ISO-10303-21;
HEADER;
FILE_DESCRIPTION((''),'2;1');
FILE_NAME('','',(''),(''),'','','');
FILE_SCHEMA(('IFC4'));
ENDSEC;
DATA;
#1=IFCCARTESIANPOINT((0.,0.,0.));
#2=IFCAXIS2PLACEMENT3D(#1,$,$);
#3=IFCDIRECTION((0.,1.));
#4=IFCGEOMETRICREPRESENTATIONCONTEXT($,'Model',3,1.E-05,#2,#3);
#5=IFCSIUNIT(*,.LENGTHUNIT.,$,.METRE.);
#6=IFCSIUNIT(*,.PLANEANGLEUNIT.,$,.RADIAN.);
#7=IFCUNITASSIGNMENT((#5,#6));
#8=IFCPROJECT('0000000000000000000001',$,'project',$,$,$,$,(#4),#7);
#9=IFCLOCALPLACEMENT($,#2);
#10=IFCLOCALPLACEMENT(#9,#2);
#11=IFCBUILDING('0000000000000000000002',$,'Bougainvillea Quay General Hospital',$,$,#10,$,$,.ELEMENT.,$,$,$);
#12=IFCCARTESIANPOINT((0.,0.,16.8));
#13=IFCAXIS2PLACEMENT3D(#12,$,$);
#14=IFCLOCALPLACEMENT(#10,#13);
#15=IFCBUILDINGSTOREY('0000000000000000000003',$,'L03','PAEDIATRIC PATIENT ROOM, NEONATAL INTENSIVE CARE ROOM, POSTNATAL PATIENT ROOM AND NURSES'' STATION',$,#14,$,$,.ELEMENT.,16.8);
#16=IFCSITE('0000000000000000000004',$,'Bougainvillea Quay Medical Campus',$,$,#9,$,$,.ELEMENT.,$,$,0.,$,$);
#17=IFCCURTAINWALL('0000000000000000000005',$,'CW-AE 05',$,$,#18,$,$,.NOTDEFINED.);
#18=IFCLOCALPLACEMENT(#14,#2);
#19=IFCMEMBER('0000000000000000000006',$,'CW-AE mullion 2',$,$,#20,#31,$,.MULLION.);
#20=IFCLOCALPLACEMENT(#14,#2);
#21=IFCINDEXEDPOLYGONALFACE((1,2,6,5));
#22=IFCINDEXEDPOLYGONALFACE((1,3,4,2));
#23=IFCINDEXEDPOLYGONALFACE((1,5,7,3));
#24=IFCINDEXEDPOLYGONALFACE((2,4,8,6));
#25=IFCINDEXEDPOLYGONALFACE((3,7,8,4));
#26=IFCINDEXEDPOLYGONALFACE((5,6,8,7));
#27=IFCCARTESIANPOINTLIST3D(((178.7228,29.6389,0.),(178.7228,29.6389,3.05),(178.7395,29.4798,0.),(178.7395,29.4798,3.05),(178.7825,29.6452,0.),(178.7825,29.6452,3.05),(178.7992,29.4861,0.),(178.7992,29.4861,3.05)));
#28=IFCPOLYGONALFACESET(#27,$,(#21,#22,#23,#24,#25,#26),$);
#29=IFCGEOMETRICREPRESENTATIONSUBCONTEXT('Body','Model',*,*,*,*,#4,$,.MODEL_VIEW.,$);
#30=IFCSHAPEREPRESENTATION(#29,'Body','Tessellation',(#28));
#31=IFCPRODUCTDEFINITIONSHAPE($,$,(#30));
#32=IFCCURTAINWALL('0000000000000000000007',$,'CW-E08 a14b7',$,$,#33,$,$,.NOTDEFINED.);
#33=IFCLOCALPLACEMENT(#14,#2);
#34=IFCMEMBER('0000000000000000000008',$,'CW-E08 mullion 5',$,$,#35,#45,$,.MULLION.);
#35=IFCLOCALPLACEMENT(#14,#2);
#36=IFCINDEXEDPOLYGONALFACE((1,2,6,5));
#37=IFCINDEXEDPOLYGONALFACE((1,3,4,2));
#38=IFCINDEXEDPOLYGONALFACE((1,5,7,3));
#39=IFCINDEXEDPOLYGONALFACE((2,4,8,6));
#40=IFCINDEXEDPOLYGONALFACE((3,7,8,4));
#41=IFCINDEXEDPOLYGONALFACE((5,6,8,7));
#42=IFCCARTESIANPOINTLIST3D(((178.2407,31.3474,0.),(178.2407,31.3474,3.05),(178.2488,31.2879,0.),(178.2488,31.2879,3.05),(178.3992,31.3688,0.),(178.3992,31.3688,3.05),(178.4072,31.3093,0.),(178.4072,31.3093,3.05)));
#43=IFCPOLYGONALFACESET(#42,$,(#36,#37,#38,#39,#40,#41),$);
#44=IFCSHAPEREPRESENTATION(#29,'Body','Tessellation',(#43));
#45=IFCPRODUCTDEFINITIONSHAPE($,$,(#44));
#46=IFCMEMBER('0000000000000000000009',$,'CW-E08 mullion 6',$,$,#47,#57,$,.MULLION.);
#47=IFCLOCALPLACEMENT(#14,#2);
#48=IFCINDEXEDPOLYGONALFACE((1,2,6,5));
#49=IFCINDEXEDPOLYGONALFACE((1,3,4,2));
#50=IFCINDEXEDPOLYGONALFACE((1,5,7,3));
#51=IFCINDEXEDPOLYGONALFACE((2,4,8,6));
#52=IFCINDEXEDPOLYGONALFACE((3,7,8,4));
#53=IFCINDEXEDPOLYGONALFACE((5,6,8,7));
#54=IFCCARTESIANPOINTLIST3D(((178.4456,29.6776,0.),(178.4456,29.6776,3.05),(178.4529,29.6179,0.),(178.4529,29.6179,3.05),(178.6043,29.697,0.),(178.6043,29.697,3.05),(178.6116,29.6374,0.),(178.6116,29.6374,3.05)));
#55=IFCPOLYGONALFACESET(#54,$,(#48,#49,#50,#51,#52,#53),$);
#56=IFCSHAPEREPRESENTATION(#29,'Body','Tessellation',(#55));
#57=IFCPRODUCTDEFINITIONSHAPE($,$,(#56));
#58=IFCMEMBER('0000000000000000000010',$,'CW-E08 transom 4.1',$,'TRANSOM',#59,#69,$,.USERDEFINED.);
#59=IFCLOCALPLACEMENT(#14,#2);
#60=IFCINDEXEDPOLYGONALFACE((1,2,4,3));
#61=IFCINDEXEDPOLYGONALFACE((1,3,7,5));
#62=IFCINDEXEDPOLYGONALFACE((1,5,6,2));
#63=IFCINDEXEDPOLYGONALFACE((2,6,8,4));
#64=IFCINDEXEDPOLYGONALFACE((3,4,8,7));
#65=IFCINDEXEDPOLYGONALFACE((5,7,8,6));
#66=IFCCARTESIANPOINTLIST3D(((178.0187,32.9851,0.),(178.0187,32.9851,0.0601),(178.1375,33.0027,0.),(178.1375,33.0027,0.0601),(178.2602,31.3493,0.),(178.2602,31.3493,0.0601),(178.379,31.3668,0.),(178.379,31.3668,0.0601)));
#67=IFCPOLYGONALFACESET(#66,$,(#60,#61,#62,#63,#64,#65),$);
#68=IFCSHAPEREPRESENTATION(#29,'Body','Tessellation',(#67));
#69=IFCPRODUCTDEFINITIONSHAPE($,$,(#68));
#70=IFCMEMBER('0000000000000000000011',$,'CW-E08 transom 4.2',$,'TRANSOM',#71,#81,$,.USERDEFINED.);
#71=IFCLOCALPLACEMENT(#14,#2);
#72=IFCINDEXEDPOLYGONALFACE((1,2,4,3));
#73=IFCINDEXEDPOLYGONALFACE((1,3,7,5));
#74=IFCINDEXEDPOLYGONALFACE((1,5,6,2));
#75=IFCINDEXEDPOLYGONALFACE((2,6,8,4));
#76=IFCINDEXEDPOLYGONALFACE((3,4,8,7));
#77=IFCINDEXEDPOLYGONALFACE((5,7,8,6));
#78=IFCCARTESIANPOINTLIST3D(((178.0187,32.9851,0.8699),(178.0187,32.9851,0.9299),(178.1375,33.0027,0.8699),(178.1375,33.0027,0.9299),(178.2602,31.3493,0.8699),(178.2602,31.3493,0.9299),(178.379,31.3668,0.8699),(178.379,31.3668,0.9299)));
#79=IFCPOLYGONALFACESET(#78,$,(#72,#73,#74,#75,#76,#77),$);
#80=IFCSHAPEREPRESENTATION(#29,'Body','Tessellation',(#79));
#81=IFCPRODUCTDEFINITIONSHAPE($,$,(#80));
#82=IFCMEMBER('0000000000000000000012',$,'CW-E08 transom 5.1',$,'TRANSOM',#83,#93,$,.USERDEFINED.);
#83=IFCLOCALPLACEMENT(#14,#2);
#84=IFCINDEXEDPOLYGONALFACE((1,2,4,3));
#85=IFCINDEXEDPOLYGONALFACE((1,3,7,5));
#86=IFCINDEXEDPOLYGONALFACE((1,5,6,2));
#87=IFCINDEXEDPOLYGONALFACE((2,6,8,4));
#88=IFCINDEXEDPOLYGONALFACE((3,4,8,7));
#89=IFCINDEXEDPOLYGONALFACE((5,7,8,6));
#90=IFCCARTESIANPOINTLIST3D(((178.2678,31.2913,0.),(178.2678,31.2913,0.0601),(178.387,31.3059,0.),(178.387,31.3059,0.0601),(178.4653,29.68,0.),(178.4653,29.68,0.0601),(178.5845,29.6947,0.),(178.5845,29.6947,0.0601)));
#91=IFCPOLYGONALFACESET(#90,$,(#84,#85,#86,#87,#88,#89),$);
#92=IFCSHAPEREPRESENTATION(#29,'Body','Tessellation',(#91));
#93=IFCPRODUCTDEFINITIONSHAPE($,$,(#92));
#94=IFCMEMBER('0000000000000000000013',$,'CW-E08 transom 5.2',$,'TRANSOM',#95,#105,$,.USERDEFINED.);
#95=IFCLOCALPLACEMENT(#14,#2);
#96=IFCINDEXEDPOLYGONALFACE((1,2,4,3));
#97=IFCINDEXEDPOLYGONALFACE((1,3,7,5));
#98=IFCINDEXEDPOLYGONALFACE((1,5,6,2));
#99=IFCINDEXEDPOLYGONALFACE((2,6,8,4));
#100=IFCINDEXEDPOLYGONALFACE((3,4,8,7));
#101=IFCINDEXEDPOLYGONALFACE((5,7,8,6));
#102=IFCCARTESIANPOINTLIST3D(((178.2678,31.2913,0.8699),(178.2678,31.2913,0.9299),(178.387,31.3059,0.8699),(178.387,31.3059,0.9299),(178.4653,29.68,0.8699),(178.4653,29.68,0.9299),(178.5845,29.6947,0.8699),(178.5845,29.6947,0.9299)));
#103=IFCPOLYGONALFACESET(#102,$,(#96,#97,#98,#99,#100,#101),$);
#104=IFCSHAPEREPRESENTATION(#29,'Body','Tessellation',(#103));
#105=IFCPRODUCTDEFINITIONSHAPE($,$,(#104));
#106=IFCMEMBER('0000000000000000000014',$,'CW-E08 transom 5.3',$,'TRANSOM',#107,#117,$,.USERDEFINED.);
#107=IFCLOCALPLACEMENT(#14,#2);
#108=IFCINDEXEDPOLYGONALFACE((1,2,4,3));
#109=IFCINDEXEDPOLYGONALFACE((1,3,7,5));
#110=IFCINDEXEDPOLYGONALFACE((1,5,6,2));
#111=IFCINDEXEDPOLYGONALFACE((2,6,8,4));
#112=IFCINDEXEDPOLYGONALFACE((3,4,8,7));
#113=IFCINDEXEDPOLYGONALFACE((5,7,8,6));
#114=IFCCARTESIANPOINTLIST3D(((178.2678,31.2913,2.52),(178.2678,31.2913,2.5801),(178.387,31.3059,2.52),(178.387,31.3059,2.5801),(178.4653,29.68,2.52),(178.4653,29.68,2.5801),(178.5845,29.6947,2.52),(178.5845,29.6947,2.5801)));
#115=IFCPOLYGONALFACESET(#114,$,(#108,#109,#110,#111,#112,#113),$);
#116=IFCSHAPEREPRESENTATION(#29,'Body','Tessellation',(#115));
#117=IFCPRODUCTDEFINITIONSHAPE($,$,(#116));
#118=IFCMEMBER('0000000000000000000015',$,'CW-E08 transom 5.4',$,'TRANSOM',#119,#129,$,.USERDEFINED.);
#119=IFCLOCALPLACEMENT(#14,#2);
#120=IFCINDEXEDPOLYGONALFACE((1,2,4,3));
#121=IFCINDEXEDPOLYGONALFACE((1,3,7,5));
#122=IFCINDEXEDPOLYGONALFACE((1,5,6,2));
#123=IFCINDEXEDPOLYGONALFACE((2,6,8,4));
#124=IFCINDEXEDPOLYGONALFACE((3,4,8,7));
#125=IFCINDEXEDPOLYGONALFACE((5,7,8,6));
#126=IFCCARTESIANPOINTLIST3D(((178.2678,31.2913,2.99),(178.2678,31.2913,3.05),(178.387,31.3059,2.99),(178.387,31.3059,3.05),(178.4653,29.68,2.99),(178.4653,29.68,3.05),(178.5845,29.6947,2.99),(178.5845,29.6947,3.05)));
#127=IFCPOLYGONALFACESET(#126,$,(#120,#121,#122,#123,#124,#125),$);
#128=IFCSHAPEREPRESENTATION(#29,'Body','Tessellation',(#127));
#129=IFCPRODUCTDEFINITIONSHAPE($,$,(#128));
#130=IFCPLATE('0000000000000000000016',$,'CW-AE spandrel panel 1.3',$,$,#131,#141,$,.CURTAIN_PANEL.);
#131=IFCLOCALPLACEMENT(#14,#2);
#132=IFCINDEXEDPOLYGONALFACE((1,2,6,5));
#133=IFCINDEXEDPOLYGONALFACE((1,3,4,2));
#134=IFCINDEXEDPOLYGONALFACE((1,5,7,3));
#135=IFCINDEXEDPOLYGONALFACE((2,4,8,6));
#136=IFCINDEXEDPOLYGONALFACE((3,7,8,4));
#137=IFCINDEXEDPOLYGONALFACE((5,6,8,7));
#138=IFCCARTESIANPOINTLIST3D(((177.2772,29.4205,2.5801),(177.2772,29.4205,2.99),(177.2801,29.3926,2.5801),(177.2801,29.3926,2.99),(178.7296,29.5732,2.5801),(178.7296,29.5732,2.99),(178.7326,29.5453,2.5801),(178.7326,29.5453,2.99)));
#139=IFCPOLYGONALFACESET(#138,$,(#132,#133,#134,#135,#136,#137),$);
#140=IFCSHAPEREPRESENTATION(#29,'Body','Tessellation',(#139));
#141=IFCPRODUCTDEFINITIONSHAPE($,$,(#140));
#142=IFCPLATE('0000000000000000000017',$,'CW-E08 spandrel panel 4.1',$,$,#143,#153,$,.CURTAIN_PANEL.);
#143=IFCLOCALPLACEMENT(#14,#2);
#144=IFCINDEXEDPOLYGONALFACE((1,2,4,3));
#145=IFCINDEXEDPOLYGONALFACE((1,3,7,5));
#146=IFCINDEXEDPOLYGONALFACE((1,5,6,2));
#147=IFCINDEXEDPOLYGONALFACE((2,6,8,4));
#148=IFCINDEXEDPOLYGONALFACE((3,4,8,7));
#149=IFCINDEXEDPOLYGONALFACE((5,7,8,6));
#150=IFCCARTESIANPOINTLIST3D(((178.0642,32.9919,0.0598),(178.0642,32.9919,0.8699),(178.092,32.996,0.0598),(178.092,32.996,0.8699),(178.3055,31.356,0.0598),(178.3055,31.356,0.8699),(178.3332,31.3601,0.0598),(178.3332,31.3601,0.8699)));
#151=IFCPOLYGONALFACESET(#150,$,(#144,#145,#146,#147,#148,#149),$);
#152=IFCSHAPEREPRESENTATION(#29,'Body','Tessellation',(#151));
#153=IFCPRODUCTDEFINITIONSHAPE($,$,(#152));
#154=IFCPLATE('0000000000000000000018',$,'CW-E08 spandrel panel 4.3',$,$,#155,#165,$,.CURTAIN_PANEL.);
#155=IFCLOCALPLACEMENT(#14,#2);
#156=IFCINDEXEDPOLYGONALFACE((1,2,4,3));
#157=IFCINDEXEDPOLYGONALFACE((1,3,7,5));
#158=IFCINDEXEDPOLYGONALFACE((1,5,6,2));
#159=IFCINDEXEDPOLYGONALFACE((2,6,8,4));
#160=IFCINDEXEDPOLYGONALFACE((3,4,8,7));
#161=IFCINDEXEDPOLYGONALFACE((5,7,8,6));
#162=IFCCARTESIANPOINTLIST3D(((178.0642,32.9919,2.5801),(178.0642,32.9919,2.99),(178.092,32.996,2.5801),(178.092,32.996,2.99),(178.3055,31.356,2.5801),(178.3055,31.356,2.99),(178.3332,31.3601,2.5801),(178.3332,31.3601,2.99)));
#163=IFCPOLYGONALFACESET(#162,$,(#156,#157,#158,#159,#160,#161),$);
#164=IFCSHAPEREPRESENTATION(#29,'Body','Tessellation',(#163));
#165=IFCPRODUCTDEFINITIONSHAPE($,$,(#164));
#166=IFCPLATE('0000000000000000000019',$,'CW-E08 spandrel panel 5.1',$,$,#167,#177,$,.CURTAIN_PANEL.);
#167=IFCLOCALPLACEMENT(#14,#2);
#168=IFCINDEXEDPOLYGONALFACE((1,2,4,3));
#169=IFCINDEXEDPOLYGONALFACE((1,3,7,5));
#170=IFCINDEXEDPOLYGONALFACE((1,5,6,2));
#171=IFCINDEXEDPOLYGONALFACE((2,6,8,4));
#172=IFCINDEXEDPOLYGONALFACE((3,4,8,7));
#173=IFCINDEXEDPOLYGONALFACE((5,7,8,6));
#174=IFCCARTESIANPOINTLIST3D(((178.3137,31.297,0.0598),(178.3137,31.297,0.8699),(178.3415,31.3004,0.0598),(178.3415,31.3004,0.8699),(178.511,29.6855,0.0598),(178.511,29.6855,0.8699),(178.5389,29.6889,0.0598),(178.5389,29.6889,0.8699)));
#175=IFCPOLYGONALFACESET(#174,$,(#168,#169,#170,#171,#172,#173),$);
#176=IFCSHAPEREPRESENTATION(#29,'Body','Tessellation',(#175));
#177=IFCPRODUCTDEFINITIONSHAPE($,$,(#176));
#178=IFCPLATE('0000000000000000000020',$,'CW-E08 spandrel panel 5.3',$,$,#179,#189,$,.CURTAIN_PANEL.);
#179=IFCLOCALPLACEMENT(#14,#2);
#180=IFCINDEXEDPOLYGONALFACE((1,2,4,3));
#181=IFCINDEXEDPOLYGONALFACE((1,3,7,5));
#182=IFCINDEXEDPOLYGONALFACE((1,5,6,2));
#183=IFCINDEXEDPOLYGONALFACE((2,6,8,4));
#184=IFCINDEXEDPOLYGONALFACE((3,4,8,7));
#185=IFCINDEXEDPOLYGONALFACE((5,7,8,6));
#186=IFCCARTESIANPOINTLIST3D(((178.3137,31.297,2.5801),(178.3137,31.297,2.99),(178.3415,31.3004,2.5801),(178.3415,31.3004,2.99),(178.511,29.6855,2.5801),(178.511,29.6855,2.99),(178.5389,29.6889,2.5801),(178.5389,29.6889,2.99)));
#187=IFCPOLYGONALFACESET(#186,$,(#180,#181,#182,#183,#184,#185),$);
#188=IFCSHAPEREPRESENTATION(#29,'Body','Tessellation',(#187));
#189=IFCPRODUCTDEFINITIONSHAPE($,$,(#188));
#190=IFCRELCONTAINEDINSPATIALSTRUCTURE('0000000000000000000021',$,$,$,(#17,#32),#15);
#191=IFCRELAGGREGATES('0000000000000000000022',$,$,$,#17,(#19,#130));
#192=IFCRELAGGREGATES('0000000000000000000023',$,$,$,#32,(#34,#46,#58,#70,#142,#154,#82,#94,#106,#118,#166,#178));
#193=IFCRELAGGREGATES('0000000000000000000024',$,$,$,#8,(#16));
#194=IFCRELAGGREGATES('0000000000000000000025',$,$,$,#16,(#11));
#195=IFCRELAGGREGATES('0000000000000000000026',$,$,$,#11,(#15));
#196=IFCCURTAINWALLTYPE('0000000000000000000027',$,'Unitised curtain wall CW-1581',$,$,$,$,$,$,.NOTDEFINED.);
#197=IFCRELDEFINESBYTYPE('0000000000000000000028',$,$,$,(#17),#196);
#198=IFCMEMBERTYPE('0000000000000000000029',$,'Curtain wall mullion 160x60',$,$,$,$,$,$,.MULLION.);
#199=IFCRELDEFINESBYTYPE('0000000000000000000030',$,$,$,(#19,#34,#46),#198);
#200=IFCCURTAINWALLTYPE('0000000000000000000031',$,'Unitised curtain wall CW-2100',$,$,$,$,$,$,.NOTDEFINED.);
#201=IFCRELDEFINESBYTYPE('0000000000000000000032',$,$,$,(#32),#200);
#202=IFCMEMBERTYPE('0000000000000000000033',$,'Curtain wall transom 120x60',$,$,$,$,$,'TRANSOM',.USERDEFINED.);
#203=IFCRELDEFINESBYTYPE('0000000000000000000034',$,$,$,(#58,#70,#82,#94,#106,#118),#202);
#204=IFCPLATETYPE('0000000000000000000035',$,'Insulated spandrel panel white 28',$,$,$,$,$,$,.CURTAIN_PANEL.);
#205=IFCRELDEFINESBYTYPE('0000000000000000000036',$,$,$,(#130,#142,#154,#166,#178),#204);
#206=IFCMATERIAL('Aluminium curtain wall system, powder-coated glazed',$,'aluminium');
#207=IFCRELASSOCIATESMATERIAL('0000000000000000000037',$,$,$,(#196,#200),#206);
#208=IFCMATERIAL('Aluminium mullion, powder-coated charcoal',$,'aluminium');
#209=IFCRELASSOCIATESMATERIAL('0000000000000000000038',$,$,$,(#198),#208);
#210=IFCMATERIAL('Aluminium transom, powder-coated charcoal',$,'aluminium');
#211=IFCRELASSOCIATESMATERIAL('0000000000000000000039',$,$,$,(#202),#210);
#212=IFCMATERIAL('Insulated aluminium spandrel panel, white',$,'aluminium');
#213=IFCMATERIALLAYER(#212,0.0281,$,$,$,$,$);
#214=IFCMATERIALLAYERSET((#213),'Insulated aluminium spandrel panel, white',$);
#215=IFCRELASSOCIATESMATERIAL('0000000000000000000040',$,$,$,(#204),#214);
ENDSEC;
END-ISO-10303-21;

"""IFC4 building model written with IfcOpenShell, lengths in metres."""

from ifc_helpers import new_model, si_unit, direction, frame, origin, origin_2d, place, context, subcontext, project, spatial, rectangle, extrude, material, layer, layer_set, material_profile, profile_set, type_object, element, aggregate, save


model = new_model("IFC4")

# Units and contexts
model_context = context("Model", 3, precision=1e-05, world=origin(), true_north=direction((0.0, 1.0)))
body_context = subcontext(model_context, "Body", "Model", "MODEL_VIEW")
ifc_project = project(units=[si_unit("LENGTHUNIT", "METRE"), si_unit("PLANEANGLEUNIT", "RADIAN")], contexts=[model_context])

# Site, building, storey
site_placement = place(None, origin())
site = spatial("IfcSite", under=ifc_project, at=site_placement, Name="Bougainvillea Quay Medical Campus", CompositionType="ELEMENT", RefElevation=0.0)
building_placement = place(site_placement, origin())
building = spatial("IfcBuilding", under=site, at=building_placement, Name="Bougainvillea Quay General Hospital", CompositionType="ELEMENT")
storey_placement = place(building_placement, frame((0.0, 0.0, 16.8)))
storey = spatial("IfcBuildingStorey", under=building, at=storey_placement, Name="L03", Description="PAEDIATRIC PATIENT ROOM, NEONATAL INTENSIVE CARE ROOM, POSTNATAL PATIENT ROOM AND NURSES' STATION", CompositionType="ELEMENT", Elevation=16.8)

# Curtain wall, member
ifc_material_1 = material(Name="Aluminium curtain wall system, powder-coated glazed", Category="aluminium")
curtain_wall_type_1 = type_object("IfcCurtainWallType", Name="Unitised curtain wall CW-1581", PredefinedType="NOTDEFINED", material=ifc_material_1)
curtain_wall_1_placement = place(storey_placement, origin())
curtain_wall_1 = element("IfcCurtainWall", 1, at=curtain_wall_1_placement, inside=storey, type_object=curtain_wall_type_1, Name="CW-AE 05", PredefinedType="NOTDEFINED")
ifc_material_2 = material(Name="Aluminium mullion, powder-coated charcoal", Category="aluminium")
ifc_material_profile_1 = material_profile(ifc_material_2, rectangle(XDim=0.1599, YDim=0.0601, at=origin_2d()))
ifc_profile_set_1 = profile_set([ifc_material_profile_1], Name="Aluminium mullion, powder-coated charcoal")
member_type_1 = type_object("IfcMemberType", Name="Curtain wall mullion 160x60", PredefinedType="MULLION", material=ifc_profile_set_1)
member_1_placement = place(storey_placement, frame((178.761, 29.5625, 0.0), z_axis=(0.0, 0.0, 1.0), x_axis=(-0.104527, 0.994522, 0.0)))
member_1 = element("IfcMember", 2, at=member_1_placement, type_object=member_type_1, Name="CW-AE mullion 2", PredefinedType="MULLION", context=body_context, shape_type="SweptSolid", body=[
    extrude(rectangle(XDim=0.1599, YDim=0.0601, at=origin_2d()), origin(), (0.0, 0.0, 1.0), 3.05),
])

# Curtain wall, members
curtain_wall_type_2 = type_object("IfcCurtainWallType", Name="Unitised curtain wall CW-2100", PredefinedType="NOTDEFINED", material=ifc_material_1)
curtain_wall_2_placement = place(storey_placement, origin())
curtain_wall_2 = element("IfcCurtainWall", 3, at=curtain_wall_2_placement, inside=storey, type_object=curtain_wall_type_2, Name="CW-E08 a14b7", PredefinedType="NOTDEFINED")
member_2_placement = place(storey_placement, frame((178.324, 31.3284, 0.0), z_axis=(0.0, 0.0, 1.0), x_axis=(0.991016, 0.133741, 0.0)))
member_2 = element("IfcMember", 4, at=member_2_placement, type_object=member_type_1, Name="CW-E08 mullion 5", PredefinedType="MULLION", context=body_context, shape_type="SweptSolid", body=[
    extrude(rectangle(XDim=0.1599, YDim=0.0601, at=origin_2d()), origin(), (0.0, 0.0, 1.0), 3.05),
])
member_3_placement = place(storey_placement, frame((178.5286, 29.6575, 0.0), z_axis=(0.0, 0.0, 1.0), x_axis=(0.992584, 0.121558, 0.0)))
member_3 = element("IfcMember", 5, at=member_3_placement, type_object=member_type_1, Name="CW-E08 mullion 6", PredefinedType="MULLION", context=body_context, shape_type="SweptSolid", body=[
    extrude(rectangle(XDim=0.1599, YDim=0.0601, at=origin_2d()), origin(), (0.0, 0.0, 1.0), 3.05),
])
ifc_material_3 = material(Name="Aluminium transom, powder-coated charcoal", Category="aluminium")
ifc_material_profile_2 = material_profile(ifc_material_3, rectangle(XDim=0.1201, YDim=0.0601, at=origin_2d()))
ifc_profile_set_2 = profile_set([ifc_material_profile_2], Name="Aluminium transom, powder-coated charcoal")
member_type_2 = type_object("IfcMemberType", Name="Curtain wall transom 120x60", ElementType="TRANSOM", PredefinedType="USERDEFINED", material=ifc_profile_set_2)
member_4_placement = place(storey_placement, frame((178.0781, 32.9939, 0.03), z_axis=(0.14603, -0.98928, 0.0), x_axis=(0.98928, 0.14603, 0.0)))
member_4 = element("IfcMember", 6, at=member_4_placement, type_object=member_type_2, Name="CW-E08 transom 4.1", ObjectType="TRANSOM", PredefinedType="USERDEFINED", context=body_context, shape_type="SweptSolid", body=[
    extrude(rectangle(XDim=0.1201, YDim=0.0601, at=origin_2d()), origin(), (0.0, 0.0, 1.0), 1.6536),
])
member_5_placement = place(storey_placement, frame((178.0781, 32.9939, 0.8999), z_axis=(0.14603, -0.98928, 0.0), x_axis=(0.98928, 0.14603, 0.0)))
member_5 = element("IfcMember", 7, at=member_5_placement, type_object=member_type_2, Name="CW-E08 transom 4.2", ObjectType="TRANSOM", PredefinedType="USERDEFINED", context=body_context, shape_type="SweptSolid", body=[
    extrude(rectangle(XDim=0.1201, YDim=0.0601, at=origin_2d()), origin(), (0.0, 0.0, 1.0), 1.6536),
])
member_6_placement = place(storey_placement, frame((178.3274, 31.2986, 0.03), z_axis=(0.121665, -0.992571, 0.0), x_axis=(0.992571, 0.121665, 0.0)))
member_6 = element("IfcMember", 8, at=member_6_placement, type_object=member_type_2, Name="CW-E08 transom 5.1", ObjectType="TRANSOM", PredefinedType="USERDEFINED", context=body_context, shape_type="SweptSolid", body=[
    extrude(rectangle(XDim=0.1201, YDim=0.0601, at=origin_2d()), origin(), (0.0, 0.0, 1.0), 1.6233),
])
member_7_placement = place(storey_placement, frame((178.3274, 31.2986, 0.8999), z_axis=(0.121665, -0.992571, 0.0), x_axis=(0.992571, 0.121665, 0.0)))
member_7 = element("IfcMember", 9, at=member_7_placement, type_object=member_type_2, Name="CW-E08 transom 5.2", ObjectType="TRANSOM", PredefinedType="USERDEFINED", context=body_context, shape_type="SweptSolid", body=[
    extrude(rectangle(XDim=0.1201, YDim=0.0601, at=origin_2d()), origin(), (0.0, 0.0, 1.0), 1.6233),
])
member_8_placement = place(storey_placement, frame((178.3274, 31.2986, 2.55), z_axis=(0.121665, -0.992571, 0.0), x_axis=(0.992571, 0.121665, 0.0)))
member_8 = element("IfcMember", 10, at=member_8_placement, type_object=member_type_2, Name="CW-E08 transom 5.3", ObjectType="TRANSOM", PredefinedType="USERDEFINED", context=body_context, shape_type="SweptSolid", body=[
    extrude(rectangle(XDim=0.1201, YDim=0.0601, at=origin_2d()), origin(), (0.0, 0.0, 1.0), 1.6233),
])
member_9_placement = place(storey_placement, frame((178.3274, 31.2986, 3.02), z_axis=(0.121665, -0.992571, 0.0), x_axis=(0.992571, 0.121665, 0.0)))
member_9 = element("IfcMember", 11, at=member_9_placement, type_object=member_type_2, Name="CW-E08 transom 5.4", ObjectType="TRANSOM", PredefinedType="USERDEFINED", context=body_context, shape_type="SweptSolid", body=[
    extrude(rectangle(XDim=0.1201, YDim=0.0601, at=origin_2d()), origin(), (0.0, 0.0, 1.0), 1.6233),
])

# Plates
ifc_material_4 = material(Name="Insulated aluminium spandrel panel, white", Category="aluminium")
ifc_layer_1 = layer(ifc_material_4, 0.0281)
ifc_layer_set_1 = layer_set([ifc_layer_1], Name="Insulated aluminium spandrel panel, white")
plate_type_1 = type_object("IfcPlateType", Name="Insulated spandrel panel white 28", PredefinedType="CURTAIN_PANEL", material=ifc_layer_set_1)
plate_1_placement = place(storey_placement, frame((178.0049, 29.4829, 2.5801), z_axis=(0.0, 0.0, 1.0), x_axis=(0.994522, 0.104527, 0.0)))
plate_1 = element("IfcPlate", 12, at=plate_1_placement, type_object=plate_type_1, Name="CW-AE spandrel panel 1.3", PredefinedType="CURTAIN_PANEL", context=body_context, shape_type="SweptSolid", body=[
    extrude(rectangle(XDim=1.4604, YDim=0.0281, at=origin_2d()), origin(), (0.0, 0.0, 1.0), 0.4099),
])
aggregate(curtain_wall_1, [member_1, plate_1])
plate_2_placement = place(storey_placement, frame((178.1987, 32.176, 0.0598), z_axis=(0.0, 0.0, 1.0), x_axis=(0.145903, -0.989299, 0.0)))
plate_2 = element("IfcPlate", 13, at=plate_2_placement, type_object=plate_type_1, Name="CW-E08 spandrel panel 4.1", PredefinedType="CURTAIN_PANEL", context=body_context, shape_type="SweptSolid", body=[
    extrude(rectangle(XDim=1.6536, YDim=0.0281, at=origin_2d()), origin(), (0.0, 0.0, 1.0), 0.8101),
])
plate_3_placement = place(storey_placement, frame((178.1987, 32.176, 2.5801), z_axis=(0.0, 0.0, 1.0), x_axis=(0.145903, -0.989299, 0.0)))
plate_3 = element("IfcPlate", 14, at=plate_3_placement, type_object=plate_type_1, Name="CW-E08 spandrel panel 4.3", PredefinedType="CURTAIN_PANEL", context=body_context, shape_type="SweptSolid", body=[
    extrude(rectangle(XDim=1.6536, YDim=0.0281, at=origin_2d()), origin(), (0.0, 0.0, 1.0), 0.4099),
])
plate_4_placement = place(storey_placement, frame((178.4263, 30.4929, 0.0598), z_axis=(0.0, 0.0, 1.0), x_axis=(0.121558, -0.992584, 0.0)))
plate_4 = element("IfcPlate", 15, at=plate_4_placement, type_object=plate_type_1, Name="CW-E08 spandrel panel 5.1", PredefinedType="CURTAIN_PANEL", context=body_context, shape_type="SweptSolid", body=[
    extrude(rectangle(XDim=1.6235, YDim=0.0281, at=origin_2d()), origin(), (0.0, 0.0, 1.0), 0.8101),
])
plate_5_placement = place(storey_placement, frame((178.4263, 30.4929, 2.5801), z_axis=(0.0, 0.0, 1.0), x_axis=(0.121558, -0.992584, 0.0)))
plate_5 = element("IfcPlate", 16, at=plate_5_placement, type_object=plate_type_1, Name="CW-E08 spandrel panel 5.3", PredefinedType="CURTAIN_PANEL", context=body_context, shape_type="SweptSolid", body=[
    extrude(rectangle(XDim=1.6235, YDim=0.0281, at=origin_2d()), origin(), (0.0, 0.0, 1.0), 0.4099),
])
aggregate(curtain_wall_2, [member_2, member_3, member_4, member_5, plate_2, plate_3, member_6, member_7, member_8, member_9, plate_4, plate_5])

save(model, "model.ifc")
